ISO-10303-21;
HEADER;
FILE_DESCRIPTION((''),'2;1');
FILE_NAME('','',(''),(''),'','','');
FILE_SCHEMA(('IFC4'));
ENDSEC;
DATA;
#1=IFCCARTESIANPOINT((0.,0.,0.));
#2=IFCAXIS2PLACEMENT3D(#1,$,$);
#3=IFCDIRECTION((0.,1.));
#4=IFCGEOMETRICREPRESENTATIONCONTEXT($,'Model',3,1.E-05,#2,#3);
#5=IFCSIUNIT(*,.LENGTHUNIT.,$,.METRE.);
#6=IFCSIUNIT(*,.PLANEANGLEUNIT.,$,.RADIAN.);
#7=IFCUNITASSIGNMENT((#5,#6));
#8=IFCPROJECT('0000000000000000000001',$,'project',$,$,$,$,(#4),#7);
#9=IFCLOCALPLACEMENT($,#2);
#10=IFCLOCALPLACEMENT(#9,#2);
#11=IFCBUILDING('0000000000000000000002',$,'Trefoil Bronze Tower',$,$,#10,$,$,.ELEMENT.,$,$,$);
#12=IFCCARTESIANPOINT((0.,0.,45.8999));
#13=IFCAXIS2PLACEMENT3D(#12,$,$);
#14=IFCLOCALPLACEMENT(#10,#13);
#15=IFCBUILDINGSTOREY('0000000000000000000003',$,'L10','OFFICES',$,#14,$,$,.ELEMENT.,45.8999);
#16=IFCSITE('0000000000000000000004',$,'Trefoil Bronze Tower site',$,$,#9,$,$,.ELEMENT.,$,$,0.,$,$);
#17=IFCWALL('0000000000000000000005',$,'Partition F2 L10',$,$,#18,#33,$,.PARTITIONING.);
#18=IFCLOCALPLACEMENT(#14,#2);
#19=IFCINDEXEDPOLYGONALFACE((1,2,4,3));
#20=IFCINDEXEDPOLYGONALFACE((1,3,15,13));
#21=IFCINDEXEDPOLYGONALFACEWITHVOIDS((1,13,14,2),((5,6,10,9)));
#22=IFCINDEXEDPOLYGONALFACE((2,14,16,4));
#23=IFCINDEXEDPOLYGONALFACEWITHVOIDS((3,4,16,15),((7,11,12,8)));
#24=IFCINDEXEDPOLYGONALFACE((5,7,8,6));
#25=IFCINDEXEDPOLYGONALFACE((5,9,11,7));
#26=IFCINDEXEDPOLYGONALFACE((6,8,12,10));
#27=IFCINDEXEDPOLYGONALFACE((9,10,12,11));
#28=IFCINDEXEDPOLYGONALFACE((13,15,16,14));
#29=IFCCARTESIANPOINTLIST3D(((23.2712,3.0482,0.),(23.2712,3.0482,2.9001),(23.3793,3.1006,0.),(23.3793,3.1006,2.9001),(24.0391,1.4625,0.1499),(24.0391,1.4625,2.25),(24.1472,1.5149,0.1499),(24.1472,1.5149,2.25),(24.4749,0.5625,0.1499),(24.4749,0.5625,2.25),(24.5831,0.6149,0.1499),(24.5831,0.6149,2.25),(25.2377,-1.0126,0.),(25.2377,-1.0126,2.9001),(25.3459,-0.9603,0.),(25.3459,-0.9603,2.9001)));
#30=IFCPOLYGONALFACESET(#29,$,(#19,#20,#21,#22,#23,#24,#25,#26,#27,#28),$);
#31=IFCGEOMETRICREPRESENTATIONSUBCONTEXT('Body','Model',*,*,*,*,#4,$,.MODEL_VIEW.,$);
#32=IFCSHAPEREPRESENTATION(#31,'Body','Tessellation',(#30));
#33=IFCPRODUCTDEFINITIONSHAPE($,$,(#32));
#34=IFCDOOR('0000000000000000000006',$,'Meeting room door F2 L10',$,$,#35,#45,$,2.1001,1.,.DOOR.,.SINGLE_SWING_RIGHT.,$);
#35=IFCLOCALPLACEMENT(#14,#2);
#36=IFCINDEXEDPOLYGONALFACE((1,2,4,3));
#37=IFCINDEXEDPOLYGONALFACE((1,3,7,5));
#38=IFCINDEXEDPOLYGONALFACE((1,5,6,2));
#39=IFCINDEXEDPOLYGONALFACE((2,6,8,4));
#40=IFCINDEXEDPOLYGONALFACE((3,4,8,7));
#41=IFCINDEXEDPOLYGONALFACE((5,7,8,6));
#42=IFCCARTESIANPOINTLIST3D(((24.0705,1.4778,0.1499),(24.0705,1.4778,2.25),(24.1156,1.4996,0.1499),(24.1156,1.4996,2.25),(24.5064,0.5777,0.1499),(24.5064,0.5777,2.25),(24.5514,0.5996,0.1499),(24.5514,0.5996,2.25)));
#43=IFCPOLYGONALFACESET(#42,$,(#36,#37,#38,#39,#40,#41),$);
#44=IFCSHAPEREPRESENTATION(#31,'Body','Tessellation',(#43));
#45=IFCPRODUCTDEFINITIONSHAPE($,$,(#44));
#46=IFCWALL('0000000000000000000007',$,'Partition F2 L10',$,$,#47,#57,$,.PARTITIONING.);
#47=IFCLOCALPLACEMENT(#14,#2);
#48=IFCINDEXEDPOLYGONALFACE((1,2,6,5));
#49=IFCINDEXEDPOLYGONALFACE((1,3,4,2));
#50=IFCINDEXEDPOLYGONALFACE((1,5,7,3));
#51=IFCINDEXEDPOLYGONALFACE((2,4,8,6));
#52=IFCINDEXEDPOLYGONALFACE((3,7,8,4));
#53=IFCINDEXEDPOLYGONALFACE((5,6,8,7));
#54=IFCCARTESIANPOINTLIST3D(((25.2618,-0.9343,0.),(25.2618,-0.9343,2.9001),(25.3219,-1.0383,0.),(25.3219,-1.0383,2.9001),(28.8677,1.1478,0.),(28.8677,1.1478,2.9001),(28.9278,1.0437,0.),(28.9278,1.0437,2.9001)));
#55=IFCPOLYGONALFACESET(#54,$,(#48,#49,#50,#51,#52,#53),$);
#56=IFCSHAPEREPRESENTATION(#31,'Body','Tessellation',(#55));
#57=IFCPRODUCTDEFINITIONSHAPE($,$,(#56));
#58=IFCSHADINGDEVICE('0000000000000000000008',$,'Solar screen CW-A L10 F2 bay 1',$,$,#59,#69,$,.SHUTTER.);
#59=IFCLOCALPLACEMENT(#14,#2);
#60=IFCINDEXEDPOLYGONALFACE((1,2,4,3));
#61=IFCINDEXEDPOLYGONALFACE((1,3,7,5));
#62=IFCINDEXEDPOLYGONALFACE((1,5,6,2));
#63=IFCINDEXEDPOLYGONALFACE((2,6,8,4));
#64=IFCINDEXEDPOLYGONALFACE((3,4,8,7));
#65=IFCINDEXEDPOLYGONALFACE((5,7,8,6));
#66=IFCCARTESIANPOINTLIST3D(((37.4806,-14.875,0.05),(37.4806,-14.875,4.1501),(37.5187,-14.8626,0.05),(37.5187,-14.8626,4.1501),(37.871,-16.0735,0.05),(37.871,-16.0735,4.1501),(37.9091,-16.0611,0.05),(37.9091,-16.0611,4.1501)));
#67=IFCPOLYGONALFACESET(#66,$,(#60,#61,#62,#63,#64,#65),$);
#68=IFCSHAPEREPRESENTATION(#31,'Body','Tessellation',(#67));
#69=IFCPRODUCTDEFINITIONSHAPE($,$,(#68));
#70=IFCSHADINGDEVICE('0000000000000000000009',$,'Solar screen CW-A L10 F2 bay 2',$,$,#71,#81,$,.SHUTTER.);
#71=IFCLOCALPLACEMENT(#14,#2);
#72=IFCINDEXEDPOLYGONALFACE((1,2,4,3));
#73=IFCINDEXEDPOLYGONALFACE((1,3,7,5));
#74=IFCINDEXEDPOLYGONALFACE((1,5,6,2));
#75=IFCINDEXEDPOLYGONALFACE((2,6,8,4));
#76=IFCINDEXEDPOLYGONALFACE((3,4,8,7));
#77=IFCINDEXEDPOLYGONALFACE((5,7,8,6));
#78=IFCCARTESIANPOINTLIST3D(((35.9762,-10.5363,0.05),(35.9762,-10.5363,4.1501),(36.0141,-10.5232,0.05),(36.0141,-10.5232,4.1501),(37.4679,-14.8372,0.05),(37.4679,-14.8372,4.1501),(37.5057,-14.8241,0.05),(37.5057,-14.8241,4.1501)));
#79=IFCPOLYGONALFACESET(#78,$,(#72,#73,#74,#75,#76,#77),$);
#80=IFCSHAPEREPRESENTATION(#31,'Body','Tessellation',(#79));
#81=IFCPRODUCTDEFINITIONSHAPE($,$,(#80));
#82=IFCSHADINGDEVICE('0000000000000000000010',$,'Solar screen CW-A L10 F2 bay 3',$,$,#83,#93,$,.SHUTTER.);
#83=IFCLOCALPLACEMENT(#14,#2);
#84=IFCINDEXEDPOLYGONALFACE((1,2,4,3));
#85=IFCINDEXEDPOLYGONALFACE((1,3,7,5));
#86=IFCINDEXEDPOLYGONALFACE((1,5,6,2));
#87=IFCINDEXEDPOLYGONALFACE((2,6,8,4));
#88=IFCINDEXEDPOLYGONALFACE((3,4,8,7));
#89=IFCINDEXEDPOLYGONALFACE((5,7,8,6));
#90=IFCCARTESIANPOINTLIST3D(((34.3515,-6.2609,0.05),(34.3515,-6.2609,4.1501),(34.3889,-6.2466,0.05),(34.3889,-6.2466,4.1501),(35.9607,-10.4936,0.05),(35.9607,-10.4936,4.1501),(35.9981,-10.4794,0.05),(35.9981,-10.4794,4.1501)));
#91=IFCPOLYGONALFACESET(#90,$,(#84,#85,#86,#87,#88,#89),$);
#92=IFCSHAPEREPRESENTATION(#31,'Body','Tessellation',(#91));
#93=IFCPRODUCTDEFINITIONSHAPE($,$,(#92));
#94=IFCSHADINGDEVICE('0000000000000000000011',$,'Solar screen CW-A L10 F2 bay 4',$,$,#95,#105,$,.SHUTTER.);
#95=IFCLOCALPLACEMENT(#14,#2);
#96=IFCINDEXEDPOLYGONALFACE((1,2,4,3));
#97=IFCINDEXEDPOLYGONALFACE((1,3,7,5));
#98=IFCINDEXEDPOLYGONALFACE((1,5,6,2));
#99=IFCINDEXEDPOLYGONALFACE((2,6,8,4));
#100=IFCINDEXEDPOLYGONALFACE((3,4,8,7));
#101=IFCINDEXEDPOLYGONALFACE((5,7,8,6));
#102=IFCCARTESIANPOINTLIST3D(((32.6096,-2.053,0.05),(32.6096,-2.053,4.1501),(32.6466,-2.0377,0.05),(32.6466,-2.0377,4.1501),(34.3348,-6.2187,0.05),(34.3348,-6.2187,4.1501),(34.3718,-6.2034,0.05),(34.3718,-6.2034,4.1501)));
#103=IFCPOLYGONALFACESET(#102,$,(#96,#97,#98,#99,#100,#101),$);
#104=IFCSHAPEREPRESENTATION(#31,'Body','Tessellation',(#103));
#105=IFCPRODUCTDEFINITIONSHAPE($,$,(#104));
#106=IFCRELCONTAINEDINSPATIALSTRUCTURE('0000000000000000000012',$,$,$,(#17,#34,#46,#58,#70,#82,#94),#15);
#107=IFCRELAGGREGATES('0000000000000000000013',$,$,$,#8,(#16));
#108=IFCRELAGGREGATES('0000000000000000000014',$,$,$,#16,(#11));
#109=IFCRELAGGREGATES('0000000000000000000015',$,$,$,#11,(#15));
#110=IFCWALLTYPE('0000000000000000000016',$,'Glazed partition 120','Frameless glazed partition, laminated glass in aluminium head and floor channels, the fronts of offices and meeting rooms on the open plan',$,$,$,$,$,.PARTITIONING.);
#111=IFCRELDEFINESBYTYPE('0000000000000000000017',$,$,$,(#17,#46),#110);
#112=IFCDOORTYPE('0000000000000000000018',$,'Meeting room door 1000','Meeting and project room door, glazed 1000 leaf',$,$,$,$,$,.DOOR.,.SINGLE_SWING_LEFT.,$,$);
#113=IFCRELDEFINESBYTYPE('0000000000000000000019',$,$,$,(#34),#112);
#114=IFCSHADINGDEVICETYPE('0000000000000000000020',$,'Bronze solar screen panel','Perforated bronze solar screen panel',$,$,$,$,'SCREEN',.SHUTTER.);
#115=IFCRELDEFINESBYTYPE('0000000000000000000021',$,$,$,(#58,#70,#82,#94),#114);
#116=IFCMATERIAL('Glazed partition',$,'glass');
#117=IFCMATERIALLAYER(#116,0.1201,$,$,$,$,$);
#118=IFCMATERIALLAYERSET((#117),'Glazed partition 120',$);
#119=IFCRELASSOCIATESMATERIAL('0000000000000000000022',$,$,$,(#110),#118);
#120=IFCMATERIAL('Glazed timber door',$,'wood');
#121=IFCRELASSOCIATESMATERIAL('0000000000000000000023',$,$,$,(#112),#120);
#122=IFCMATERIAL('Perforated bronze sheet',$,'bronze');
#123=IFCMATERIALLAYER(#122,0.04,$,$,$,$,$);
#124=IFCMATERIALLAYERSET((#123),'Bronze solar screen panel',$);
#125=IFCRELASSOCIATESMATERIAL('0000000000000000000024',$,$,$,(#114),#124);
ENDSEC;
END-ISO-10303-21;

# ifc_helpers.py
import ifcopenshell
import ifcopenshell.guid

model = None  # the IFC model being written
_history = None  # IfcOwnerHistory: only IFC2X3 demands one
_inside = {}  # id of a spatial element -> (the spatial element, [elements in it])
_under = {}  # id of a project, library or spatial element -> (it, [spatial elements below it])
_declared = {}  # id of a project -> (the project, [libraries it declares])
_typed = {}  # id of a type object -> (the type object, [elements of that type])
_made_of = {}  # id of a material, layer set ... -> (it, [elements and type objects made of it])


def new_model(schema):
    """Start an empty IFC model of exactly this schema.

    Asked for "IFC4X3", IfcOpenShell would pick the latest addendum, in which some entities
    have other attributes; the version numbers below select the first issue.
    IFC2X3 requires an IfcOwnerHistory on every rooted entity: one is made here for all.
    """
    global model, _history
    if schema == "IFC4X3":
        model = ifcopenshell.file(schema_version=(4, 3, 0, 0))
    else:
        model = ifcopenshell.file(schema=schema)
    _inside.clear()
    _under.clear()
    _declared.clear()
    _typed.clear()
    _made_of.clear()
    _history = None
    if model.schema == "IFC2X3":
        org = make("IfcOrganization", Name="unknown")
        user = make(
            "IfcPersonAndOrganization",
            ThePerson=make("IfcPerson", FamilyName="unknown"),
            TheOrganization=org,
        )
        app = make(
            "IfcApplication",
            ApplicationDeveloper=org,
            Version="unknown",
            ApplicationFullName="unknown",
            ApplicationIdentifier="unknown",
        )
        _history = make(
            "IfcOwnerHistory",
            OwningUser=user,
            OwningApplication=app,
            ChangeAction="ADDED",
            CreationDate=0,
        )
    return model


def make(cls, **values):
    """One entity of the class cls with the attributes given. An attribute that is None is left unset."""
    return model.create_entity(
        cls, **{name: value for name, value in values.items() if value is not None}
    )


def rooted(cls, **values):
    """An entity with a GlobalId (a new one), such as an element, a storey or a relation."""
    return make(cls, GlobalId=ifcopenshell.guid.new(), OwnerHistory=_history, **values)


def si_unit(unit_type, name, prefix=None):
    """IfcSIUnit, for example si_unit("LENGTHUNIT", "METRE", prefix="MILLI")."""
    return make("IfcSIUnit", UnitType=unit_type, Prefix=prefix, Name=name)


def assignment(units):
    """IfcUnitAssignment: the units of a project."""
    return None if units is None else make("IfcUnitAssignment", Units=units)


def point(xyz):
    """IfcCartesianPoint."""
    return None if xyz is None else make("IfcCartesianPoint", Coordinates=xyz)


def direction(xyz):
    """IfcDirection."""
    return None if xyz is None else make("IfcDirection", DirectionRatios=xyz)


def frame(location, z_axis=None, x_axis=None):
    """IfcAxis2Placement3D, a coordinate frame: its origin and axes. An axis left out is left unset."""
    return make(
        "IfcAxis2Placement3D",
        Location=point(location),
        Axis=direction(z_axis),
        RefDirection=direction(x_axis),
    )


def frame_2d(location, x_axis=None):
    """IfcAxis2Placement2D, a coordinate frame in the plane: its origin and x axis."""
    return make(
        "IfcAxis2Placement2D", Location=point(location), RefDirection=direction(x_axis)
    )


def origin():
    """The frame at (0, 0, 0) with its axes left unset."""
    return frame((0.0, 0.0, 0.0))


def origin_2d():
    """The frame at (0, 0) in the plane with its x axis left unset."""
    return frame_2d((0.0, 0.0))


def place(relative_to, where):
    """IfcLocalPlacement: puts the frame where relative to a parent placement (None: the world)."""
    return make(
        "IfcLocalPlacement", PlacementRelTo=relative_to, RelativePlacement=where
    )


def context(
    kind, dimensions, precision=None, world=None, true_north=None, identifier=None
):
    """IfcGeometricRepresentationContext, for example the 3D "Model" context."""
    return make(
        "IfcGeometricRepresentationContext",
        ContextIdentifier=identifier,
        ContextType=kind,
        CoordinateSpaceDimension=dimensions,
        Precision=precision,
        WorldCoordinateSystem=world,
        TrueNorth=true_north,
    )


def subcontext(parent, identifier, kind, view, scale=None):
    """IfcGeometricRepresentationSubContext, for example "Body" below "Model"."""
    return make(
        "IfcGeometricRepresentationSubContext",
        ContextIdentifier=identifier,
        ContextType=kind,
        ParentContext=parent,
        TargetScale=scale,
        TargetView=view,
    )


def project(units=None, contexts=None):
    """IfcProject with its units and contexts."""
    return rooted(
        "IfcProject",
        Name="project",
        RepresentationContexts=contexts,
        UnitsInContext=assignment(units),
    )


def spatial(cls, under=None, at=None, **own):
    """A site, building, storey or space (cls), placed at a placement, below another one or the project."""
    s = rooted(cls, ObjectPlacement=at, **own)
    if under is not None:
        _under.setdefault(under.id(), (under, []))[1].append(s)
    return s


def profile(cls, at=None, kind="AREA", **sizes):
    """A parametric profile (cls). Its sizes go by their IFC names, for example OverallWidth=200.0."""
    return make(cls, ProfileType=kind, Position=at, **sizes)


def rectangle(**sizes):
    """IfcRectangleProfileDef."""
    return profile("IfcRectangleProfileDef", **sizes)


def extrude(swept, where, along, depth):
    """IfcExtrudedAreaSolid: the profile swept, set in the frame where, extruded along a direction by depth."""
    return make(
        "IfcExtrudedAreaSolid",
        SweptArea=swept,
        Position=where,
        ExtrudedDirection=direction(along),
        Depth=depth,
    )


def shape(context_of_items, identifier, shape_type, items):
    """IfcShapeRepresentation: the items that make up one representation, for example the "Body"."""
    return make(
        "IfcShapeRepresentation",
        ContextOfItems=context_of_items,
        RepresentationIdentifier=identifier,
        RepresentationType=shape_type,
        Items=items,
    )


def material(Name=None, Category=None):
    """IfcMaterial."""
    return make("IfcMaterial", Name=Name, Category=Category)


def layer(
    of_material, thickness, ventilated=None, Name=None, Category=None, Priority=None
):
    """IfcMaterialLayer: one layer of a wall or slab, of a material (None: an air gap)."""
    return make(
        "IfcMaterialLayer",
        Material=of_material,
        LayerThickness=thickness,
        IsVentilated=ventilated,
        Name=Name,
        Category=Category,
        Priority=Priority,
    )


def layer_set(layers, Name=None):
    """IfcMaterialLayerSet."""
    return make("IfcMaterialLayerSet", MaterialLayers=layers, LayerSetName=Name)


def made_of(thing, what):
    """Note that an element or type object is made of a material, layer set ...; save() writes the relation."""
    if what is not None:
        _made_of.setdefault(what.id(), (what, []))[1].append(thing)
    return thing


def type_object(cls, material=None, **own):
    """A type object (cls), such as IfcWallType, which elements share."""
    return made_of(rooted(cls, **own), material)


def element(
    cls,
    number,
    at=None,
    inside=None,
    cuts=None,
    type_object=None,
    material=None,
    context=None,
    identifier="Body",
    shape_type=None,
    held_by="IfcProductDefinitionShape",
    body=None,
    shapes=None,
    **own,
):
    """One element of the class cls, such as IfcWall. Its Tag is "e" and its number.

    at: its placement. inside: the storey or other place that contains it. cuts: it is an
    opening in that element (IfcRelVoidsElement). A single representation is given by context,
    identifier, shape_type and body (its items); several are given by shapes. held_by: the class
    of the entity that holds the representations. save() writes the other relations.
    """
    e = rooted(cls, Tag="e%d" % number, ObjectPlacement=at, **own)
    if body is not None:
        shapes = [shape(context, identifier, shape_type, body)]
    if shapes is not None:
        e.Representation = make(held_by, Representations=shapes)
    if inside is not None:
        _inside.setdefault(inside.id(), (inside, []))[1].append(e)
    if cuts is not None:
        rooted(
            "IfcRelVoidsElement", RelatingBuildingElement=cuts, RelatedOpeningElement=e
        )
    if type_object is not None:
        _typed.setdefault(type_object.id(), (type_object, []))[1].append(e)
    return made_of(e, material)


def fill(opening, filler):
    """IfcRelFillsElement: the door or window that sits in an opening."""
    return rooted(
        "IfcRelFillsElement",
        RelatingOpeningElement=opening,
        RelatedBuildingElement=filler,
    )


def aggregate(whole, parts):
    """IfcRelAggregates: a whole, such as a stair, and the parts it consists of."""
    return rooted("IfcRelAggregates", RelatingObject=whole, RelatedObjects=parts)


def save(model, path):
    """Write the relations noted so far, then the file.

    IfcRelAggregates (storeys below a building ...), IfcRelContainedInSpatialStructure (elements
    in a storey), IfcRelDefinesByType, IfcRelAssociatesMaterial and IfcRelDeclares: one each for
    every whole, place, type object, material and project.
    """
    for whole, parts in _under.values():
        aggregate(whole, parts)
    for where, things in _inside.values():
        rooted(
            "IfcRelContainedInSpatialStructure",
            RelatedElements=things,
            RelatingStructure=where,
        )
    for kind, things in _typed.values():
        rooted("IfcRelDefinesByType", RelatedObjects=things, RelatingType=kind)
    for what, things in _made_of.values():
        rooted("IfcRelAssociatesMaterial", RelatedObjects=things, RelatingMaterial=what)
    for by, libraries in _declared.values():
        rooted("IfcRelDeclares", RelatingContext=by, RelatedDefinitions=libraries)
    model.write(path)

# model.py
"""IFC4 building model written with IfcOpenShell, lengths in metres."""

from ifc_helpers import new_model, si_unit, direction, frame, frame_2d, origin, origin_2d, place, context, subcontext, project, spatial, rectangle, extrude, material, layer, layer_set, type_object, element, fill, save


model = new_model("IFC4")

# Units and contexts
model_context = context("Model", 3, precision=1e-05, world=origin(), true_north=direction((0.0, 1.0)))
body_context = subcontext(model_context, "Body", "Model", "MODEL_VIEW")
ifc_project = project(units=[si_unit("LENGTHUNIT", "METRE"), si_unit("PLANEANGLEUNIT", "RADIAN")], contexts=[model_context])

# Site, building, storey
site_placement = place(None, origin())
site = spatial("IfcSite", under=ifc_project, at=site_placement, Name="Trefoil Bronze Tower site", CompositionType="ELEMENT", RefElevation=0.0)
building_placement = place(site_placement, origin())
building = spatial("IfcBuilding", under=site, at=building_placement, Name="Trefoil Bronze Tower", CompositionType="ELEMENT")
storey_placement = place(building_placement, frame((0.0, 0.0, 45.8999)))
storey = spatial("IfcBuildingStorey", under=building, at=storey_placement, Name="L10", Description="OFFICES", CompositionType="ELEMENT", Elevation=45.8999)

# Wall, opening, door
ifc_material_1 = material(Name="Glazed partition", Category="glass")
ifc_layer_1 = layer(ifc_material_1, 0.1201)
ifc_layer_set_1 = layer_set([ifc_layer_1], Name="Glazed partition 120")
wall_type = type_object("IfcWallType", Name="Glazed partition 120", Description="Frameless glazed partition, laminated glass in aluminium head and floor channels, the fronts of offices and meeting rooms on the open plan", PredefinedType="PARTITIONING", material=ifc_layer_set_1)
wall_1_placement = place(storey_placement, frame((25.2917, -0.9863, 0.0), z_axis=(0.0, 0.0, 1.0), x_axis=(-0.435858, 0.900015, 0.0)))
wall_1 = element("IfcWall", 1, at=wall_1_placement, inside=storey, type_object=wall_type, Name="Partition F2 L10", PredefinedType="PARTITIONING", context=body_context, shape_type="SweptSolid", body=[
    extrude(rectangle(XDim=4.512, YDim=0.1201, at=frame_2d((2.2559, 0.0))), origin(), (0.0, 0.0, 1.0), 2.9001),
])
opening_placement = place(wall_1_placement, frame((1.75, 0.0, 0.1499)))
opening = element("IfcOpeningElement", 2, at=opening_placement, cuts=wall_1, PredefinedType="OPENING", context=body_context, shape_type="SweptSolid", body=[
    extrude(rectangle(XDim=1.0, YDim=2.1001, at=frame_2d((0.5, 1.05))), frame((0.0, 0.0701, 0.0), z_axis=(0.0, -1.0, 0.0), x_axis=(1.0, 0.0, 0.0)), (0.0, 0.0, 1.0), 0.1401),
])
ifc_material_2 = material(Name="Glazed timber door", Category="wood")
door_type = type_object("IfcDoorType", Name="Meeting room door 1000", Description="Meeting and project room door, glazed 1000 leaf", OperationType="SINGLE_SWING_LEFT", PredefinedType="DOOR", material=ifc_material_2)
door_placement = place(opening_placement, frame((1.0, 0.0, 0.0), z_axis=(0.0, 0.0, 1.0), x_axis=(-1.0, 0.0, 0.0)))
door = element("IfcDoor", 3, at=door_placement, inside=storey, type_object=door_type, Name="Meeting room door F2 L10", OperationType="SINGLE_SWING_RIGHT", OverallHeight=2.1001, OverallWidth=1.0, PredefinedType="DOOR", context=body_context, shape_type="SweptSolid", body=[
    extrude(rectangle(XDim=1.0, YDim=2.1001, at=frame_2d((0.5, 1.05))), frame((0.0, 0.0249, 0.0), z_axis=(0.0, -1.0, 0.0), x_axis=(1.0, 0.0, 0.0)), (0.0, 0.0, 1.0), 0.05),
])
fill(opening, door)

# Wall
wall_2_placement = place(storey_placement, frame((25.2917, -0.9863, 0.0), z_axis=(0.0, 0.0, 1.0), x_axis=(0.866012, 0.500024, 0.0)))
element("IfcWall", 4, at=wall_2_placement, inside=storey, type_object=wall_type, Name="Partition F2 L10", PredefinedType="PARTITIONING", context=body_context, shape_type="SweptSolid", body=[
    extrude(rectangle(XDim=4.1638, YDim=0.1201, at=frame_2d((2.082, 0.0))), origin(), (0.0, 0.0, 1.0), 2.9001),
])

# Shading devices
ifc_material_3 = material(Name="Perforated bronze sheet", Category="bronze")
ifc_layer_2 = layer(ifc_material_3, 0.04)
ifc_layer_set_2 = layer_set([ifc_layer_2], Name="Bronze solar screen panel")
shading_device_type = type_object("IfcShadingDeviceType", Name="Bronze solar screen panel", Description="Perforated bronze solar screen panel", ElementType="SCREEN", PredefinedType="SHUTTER", material=ifc_layer_set_2)
shading_device_1_placement = place(storey_placement, frame((37.6948, -15.468, 0.05), z_axis=(0.0, 0.0, 1.0), x_axis=(-0.309728, 0.950825, 0.0)))
element("IfcShadingDevice", 5, at=shading_device_1_placement, inside=storey, type_object=shading_device_type, Name="Solar screen CW-A L10 F2 bay 1", PredefinedType="SHUTTER", context=body_context, shape_type="SweptSolid", body=[
    extrude(rectangle(XDim=1.2605, YDim=0.04, at=origin_2d()), origin(), (0.0, 0.0, 1.0), 4.1001),
])
shading_device_2_placement = place(storey_placement, frame((36.741, -12.6802, 0.05), z_axis=(0.0, 0.0, 1.0), x_axis=(-0.327674, 0.944791, 0.0)))
element("IfcShadingDevice", 6, at=shading_device_2_placement, inside=storey, type_object=shading_device_type, Name="Solar screen CW-A L10 F2 bay 2", PredefinedType="SHUTTER", context=body_context, shape_type="SweptSolid", body=[
    extrude(rectangle(XDim=4.5522, YDim=0.04, at=origin_2d()), origin(), (0.0, 0.0, 1.0), 4.1001),
])
shading_device_3_placement = place(storey_placement, frame((35.1748, -8.3701, 0.05), z_axis=(0.0, 0.0, 1.0), x_axis=(-0.355371, 0.934725, 0.0)))
element("IfcShadingDevice", 7, at=shading_device_3_placement, inside=storey, type_object=shading_device_type, Name="Solar screen CW-A L10 F2 bay 3", PredefinedType="SHUTTER", context=body_context, shape_type="SweptSolid", body=[
    extrude(rectangle(XDim=4.5283, YDim=0.04, at=origin_2d()), origin(), (0.0, 0.0, 1.0), 4.1001),
])
shading_device_4_placement = place(storey_placement, frame((33.4907, -4.1282, 0.05), z_axis=(0.0, 0.0, 1.0), x_axis=(-0.38263, 0.923902, 0.0)))
element("IfcShadingDevice", 8, at=shading_device_4_placement, inside=storey, type_object=shading_device_type, Name="Solar screen CW-A L10 F2 bay 4", PredefinedType="SHUTTER", context=body_context, shape_type="SweptSolid", body=[
    extrude(rectangle(XDim=4.5088, YDim=0.04, at=origin_2d()), origin(), (0.0, 0.0, 1.0), 4.1001),
])

save(model, "model.ifc")
